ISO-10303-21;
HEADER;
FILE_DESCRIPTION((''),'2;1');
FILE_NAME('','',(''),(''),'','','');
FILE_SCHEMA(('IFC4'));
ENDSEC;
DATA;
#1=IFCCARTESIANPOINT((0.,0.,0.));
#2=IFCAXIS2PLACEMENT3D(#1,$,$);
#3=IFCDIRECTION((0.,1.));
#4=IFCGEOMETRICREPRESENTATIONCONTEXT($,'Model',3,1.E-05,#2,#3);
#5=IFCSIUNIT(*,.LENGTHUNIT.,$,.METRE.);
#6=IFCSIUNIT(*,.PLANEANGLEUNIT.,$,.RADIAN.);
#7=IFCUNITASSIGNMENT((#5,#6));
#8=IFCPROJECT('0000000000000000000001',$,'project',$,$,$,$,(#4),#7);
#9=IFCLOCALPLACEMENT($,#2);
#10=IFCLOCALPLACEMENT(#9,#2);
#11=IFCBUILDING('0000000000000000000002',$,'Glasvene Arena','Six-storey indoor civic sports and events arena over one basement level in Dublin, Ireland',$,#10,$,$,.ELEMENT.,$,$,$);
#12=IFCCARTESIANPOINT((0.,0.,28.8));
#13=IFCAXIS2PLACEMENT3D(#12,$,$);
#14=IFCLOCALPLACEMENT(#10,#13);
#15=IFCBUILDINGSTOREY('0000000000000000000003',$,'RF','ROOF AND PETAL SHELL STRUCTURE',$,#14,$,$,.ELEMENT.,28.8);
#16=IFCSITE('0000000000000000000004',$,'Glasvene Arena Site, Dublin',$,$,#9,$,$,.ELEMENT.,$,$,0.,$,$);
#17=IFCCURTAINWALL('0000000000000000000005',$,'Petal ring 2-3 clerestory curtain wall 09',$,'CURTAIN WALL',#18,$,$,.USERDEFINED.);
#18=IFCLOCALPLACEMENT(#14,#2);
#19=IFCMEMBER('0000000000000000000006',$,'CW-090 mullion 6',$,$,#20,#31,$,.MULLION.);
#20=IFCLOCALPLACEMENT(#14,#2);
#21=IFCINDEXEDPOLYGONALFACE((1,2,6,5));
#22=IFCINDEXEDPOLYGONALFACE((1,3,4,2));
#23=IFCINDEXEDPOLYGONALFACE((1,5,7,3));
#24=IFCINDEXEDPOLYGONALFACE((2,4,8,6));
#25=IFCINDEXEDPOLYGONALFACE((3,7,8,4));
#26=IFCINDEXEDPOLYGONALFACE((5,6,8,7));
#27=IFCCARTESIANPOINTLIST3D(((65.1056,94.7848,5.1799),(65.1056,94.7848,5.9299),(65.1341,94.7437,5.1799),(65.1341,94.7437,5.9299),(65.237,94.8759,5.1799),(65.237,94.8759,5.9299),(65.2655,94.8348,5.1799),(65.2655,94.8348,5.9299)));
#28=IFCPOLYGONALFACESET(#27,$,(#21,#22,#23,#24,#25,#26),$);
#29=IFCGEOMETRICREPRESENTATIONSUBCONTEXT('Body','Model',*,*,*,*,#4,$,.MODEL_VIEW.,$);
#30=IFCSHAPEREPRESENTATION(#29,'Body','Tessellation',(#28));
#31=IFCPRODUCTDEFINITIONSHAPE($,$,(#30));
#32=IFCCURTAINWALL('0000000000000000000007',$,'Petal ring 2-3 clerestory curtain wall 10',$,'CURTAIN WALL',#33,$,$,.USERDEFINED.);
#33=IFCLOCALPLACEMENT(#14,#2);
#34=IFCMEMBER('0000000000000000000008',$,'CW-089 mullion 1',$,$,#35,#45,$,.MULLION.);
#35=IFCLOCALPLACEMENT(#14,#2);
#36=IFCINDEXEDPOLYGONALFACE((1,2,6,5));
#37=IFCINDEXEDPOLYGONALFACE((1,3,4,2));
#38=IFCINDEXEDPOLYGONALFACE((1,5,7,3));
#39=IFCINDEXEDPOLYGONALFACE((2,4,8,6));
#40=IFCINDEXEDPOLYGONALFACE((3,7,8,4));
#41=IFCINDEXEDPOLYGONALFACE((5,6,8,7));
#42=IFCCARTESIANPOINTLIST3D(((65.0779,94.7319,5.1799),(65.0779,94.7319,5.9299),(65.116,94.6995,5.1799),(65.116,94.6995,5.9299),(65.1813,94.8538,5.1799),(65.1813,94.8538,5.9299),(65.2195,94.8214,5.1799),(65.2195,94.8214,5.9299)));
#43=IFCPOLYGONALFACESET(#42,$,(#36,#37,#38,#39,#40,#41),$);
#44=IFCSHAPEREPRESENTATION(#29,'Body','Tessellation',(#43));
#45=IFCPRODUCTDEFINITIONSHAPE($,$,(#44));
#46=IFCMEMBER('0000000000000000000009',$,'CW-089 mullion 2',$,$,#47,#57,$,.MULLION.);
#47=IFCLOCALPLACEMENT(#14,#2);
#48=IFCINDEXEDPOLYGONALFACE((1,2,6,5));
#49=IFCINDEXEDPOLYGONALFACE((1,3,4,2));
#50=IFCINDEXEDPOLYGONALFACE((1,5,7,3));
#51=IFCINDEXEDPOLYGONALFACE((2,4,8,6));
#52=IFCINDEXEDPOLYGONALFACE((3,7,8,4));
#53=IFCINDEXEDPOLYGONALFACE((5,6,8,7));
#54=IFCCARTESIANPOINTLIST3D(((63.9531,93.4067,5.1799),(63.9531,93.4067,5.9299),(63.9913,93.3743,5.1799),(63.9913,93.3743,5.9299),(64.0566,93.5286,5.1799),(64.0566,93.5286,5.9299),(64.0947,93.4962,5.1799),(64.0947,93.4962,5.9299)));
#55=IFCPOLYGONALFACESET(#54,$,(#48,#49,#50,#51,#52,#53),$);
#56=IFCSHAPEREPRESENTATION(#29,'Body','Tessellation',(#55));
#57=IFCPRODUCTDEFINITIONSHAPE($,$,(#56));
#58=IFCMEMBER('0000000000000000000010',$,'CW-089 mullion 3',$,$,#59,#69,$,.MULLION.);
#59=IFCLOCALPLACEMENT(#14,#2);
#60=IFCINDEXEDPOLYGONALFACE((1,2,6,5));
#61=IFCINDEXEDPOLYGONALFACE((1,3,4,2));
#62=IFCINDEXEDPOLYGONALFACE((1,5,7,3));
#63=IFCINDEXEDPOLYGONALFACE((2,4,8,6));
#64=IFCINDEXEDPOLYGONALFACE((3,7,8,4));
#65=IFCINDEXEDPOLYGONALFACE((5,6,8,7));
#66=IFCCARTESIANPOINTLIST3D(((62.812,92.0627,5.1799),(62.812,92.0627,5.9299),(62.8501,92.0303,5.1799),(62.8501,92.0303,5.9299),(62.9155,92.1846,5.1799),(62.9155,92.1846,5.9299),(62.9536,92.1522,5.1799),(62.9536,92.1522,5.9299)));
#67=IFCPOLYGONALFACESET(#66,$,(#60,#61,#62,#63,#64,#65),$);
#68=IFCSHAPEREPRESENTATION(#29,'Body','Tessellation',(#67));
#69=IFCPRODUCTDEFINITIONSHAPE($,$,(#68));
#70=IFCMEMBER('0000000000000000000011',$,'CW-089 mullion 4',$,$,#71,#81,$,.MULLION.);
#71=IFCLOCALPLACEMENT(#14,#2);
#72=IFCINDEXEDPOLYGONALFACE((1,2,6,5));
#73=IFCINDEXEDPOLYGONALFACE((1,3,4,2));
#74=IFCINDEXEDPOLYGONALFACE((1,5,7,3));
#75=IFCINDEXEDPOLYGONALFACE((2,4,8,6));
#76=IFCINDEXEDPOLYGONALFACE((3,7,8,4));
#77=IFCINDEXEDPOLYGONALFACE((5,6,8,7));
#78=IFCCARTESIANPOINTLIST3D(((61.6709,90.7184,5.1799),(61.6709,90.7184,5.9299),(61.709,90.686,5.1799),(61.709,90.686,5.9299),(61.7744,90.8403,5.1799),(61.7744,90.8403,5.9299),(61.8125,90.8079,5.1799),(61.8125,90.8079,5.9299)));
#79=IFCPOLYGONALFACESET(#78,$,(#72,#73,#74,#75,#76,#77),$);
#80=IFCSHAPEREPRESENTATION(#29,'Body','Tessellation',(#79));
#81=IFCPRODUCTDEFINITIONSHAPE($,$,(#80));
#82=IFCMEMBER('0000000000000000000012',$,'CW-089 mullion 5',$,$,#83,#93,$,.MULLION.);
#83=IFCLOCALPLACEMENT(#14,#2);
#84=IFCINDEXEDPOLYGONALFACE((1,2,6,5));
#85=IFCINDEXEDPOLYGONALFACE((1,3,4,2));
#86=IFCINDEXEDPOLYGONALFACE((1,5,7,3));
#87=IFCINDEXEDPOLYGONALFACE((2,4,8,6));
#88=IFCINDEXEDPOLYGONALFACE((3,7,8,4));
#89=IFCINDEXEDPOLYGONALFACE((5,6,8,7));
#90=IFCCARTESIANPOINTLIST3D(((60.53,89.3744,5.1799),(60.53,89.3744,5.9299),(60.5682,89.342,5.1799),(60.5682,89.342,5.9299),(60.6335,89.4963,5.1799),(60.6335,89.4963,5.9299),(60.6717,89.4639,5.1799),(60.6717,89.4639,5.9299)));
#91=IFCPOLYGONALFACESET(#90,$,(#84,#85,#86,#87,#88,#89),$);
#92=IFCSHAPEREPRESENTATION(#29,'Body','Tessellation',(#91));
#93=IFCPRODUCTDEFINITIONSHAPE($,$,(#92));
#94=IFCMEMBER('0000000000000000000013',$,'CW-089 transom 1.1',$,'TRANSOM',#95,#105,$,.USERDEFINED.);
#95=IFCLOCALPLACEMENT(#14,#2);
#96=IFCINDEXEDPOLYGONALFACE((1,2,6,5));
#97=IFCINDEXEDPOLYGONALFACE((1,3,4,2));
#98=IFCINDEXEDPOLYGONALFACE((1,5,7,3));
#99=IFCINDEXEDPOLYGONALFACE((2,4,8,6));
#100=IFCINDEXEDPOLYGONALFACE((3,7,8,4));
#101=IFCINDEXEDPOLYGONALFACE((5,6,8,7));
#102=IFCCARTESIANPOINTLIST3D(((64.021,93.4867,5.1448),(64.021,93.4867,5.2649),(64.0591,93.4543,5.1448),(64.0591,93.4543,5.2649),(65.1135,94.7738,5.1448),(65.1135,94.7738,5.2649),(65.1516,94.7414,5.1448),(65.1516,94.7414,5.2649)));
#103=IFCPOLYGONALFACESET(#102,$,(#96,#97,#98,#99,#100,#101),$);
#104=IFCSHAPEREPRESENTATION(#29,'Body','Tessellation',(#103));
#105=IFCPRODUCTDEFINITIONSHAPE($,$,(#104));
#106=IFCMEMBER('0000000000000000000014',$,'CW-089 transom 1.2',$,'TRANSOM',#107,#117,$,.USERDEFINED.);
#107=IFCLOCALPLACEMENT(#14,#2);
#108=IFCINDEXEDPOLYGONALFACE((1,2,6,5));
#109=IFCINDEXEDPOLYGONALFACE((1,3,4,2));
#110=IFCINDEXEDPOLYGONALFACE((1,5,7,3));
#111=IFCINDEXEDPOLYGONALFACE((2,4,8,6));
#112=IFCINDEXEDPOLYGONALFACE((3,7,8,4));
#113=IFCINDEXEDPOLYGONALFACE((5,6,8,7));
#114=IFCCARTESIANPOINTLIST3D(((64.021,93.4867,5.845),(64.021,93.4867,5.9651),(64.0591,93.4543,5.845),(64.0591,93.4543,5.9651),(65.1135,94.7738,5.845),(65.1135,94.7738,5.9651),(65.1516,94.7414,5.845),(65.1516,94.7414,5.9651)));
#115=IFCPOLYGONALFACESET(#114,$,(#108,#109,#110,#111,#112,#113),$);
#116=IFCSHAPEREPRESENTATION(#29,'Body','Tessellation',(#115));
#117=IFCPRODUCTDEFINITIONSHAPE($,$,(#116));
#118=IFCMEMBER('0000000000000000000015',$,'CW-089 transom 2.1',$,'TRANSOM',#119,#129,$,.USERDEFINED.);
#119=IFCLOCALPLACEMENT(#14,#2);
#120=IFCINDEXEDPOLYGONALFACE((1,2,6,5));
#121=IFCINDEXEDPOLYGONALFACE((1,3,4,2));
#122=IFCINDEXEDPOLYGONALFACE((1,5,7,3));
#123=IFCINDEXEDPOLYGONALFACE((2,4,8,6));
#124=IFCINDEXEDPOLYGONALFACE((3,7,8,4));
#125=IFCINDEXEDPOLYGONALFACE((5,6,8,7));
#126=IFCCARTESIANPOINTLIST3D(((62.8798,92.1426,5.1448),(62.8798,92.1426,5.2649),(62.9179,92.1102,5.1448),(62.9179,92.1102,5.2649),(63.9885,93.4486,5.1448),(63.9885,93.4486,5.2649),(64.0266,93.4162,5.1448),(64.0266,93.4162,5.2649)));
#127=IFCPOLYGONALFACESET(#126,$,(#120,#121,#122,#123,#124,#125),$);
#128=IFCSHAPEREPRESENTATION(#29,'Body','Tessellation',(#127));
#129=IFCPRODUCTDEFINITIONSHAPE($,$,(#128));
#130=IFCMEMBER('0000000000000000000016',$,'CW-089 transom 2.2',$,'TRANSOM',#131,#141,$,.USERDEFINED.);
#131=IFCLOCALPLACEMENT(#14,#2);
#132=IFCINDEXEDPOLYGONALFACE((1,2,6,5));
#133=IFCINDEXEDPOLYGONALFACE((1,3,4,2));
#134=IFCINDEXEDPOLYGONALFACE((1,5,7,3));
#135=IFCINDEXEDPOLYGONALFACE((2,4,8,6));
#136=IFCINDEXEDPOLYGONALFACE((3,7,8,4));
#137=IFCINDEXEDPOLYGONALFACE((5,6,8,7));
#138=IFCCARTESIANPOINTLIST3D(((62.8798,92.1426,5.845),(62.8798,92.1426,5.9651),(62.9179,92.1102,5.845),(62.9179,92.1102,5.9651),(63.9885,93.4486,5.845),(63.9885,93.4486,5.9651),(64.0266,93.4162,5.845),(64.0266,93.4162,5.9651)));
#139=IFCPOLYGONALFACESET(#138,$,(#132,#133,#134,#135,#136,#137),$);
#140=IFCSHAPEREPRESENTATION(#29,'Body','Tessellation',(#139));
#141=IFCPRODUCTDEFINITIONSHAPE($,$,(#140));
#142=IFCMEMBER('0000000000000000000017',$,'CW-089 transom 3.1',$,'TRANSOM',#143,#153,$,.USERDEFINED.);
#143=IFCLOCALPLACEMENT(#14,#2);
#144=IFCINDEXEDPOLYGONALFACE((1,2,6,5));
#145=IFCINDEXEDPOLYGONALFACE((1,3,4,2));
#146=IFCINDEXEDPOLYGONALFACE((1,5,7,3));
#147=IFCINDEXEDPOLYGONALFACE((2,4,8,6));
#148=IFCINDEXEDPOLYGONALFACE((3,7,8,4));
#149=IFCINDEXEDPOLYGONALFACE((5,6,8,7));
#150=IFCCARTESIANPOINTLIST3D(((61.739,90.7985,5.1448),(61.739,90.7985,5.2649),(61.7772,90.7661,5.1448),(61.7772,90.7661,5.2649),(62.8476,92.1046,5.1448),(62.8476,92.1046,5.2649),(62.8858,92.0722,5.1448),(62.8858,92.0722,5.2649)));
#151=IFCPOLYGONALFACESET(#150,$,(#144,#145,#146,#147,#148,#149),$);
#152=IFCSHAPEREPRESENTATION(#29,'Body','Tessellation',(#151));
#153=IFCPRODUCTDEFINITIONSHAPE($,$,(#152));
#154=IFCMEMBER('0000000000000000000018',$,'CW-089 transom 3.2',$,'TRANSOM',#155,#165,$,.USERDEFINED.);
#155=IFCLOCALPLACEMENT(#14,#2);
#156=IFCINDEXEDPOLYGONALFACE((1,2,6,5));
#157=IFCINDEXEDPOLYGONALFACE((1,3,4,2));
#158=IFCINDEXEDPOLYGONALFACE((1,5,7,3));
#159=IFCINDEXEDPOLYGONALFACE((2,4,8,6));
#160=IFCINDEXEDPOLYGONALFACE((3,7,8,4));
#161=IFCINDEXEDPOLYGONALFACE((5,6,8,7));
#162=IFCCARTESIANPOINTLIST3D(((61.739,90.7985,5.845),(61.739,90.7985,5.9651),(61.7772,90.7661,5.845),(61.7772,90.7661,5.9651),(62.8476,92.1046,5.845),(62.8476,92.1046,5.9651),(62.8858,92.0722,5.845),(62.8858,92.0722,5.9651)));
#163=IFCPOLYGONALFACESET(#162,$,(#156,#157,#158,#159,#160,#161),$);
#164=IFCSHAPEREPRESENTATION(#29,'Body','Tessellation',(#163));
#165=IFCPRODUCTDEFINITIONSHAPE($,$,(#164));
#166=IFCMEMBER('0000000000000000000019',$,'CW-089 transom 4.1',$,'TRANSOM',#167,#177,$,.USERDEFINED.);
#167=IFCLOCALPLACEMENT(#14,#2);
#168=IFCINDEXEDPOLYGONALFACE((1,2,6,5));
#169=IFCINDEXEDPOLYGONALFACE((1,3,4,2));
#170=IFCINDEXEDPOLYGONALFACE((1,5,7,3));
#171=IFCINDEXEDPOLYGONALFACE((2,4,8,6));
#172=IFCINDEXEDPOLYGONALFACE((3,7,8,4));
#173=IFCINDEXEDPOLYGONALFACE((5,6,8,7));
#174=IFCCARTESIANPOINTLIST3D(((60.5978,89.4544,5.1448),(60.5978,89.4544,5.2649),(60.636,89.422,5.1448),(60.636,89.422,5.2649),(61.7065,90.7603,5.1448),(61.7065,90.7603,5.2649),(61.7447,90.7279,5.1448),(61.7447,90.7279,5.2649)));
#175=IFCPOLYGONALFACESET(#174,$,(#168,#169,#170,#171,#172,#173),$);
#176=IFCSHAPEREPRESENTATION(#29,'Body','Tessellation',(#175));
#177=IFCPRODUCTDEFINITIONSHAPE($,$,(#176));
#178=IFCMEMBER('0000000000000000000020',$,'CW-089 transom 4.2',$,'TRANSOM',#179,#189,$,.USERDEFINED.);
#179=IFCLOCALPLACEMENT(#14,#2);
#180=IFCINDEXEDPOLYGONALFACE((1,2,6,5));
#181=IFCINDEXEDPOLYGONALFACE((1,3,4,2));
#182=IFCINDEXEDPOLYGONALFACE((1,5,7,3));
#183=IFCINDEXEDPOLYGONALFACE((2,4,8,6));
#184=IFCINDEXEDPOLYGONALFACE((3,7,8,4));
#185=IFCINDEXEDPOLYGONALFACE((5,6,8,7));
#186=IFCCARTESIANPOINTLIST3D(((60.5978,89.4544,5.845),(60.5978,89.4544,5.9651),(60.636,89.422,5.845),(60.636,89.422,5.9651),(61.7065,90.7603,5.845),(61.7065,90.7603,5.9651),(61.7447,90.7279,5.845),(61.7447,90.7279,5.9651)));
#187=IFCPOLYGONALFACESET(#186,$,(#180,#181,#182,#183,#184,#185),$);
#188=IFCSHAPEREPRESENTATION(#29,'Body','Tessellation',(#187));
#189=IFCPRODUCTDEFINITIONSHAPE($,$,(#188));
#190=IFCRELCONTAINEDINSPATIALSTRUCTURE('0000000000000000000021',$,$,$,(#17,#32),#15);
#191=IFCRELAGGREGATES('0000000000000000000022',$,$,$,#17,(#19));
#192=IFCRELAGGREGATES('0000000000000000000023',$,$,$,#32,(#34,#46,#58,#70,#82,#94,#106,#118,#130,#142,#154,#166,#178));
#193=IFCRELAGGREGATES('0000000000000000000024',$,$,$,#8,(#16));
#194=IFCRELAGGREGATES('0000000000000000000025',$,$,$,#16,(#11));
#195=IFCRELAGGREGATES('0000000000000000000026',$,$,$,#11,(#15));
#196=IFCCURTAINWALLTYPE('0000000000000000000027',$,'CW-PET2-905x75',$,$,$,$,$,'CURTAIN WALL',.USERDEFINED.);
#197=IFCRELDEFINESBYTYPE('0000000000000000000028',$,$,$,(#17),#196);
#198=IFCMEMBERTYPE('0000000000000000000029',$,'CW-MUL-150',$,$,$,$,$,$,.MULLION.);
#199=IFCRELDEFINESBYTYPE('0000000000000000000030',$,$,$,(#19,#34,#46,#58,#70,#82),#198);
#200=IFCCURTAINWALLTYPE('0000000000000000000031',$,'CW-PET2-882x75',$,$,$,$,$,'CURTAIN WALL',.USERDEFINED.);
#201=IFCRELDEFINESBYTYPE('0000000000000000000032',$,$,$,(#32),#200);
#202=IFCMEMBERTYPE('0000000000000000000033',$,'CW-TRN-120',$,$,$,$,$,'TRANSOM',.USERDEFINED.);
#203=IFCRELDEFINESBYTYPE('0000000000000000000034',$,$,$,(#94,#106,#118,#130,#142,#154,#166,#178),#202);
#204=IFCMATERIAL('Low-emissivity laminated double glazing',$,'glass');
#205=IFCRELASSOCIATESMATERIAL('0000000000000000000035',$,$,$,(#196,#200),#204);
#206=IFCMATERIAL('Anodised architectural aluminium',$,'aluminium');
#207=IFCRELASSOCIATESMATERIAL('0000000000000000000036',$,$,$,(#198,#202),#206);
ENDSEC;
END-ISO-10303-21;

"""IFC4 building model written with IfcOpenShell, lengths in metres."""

from ifc_helpers import new_model, si_unit, direction, frame, origin, origin_2d, place, context, subcontext, project, spatial, rectangle, extrude, material, material_profile, profile_set, type_object, element, aggregate, save


model = new_model("IFC4")

# Units and contexts
model_context = context("Model", 3, precision=1e-05, world=origin(), true_north=direction((0.0, 1.0)))
body_context = subcontext(model_context, "Body", "Model", "MODEL_VIEW")
ifc_project = project(units=[si_unit("LENGTHUNIT", "METRE"), si_unit("PLANEANGLEUNIT", "RADIAN")], contexts=[model_context])

# Site, building, storey
site_placement = place(None, origin())
site = spatial("IfcSite", under=ifc_project, at=site_placement, Name="Glasvene Arena Site, Dublin", CompositionType="ELEMENT", RefElevation=0.0)
building_placement = place(site_placement, origin())
building = spatial("IfcBuilding", under=site, at=building_placement, Name="Glasvene Arena", Description="Six-storey indoor civic sports and events arena over one basement level in Dublin, Ireland", CompositionType="ELEMENT")
storey_placement = place(building_placement, frame((0.0, 0.0, 28.8)))
storey = spatial("IfcBuildingStorey", under=building, at=storey_placement, Name="RF", Description="ROOF AND PETAL SHELL STRUCTURE", CompositionType="ELEMENT", Elevation=28.8)

# Curtain wall, member
ifc_material_1 = material(Name="Low-emissivity laminated double glazing", Category="glass")
curtain_wall_type_1 = type_object("IfcCurtainWallType", Name="CW-PET2-905x75", ElementType="CURTAIN WALL", PredefinedType="USERDEFINED", material=ifc_material_1)
curtain_wall_1_placement = place(storey_placement, frame((72.6001, 99.9524, 0.0)))
curtain_wall_1 = element("IfcCurtainWall", 1, at=curtain_wall_1_placement, inside=storey, type_object=curtain_wall_type_1, Name="Petal ring 2-3 clerestory curtain wall 09", ObjectType="CURTAIN WALL", PredefinedType="USERDEFINED")
ifc_material_2 = material(Name="Anodised architectural aluminium", Category="aluminium")
ifc_material_profile_1 = material_profile(ifc_material_2, rectangle(XDim=0.05, YDim=0.1599, at=origin_2d()), Name="ALU MULLION 50x160")
ifc_profile_set_1 = profile_set([ifc_material_profile_1], Name="Anodised architectural aluminium")
member_type_1 = type_object("IfcMemberType", Name="CW-MUL-150", PredefinedType="MULLION", material=ifc_profile_set_1)
member_1_placement = place(storey_placement, frame((65.1855, 94.8098, 5.1799), z_axis=(0.0, 0.0, 1.0), x_axis=(0.569921, -0.821699, 0.0)))
member_1 = element("IfcMember", 2, at=member_1_placement, type_object=member_type_1, Name="CW-090 mullion 6", PredefinedType="MULLION", context=body_context, shape_type="SweptSolid", body=[
    extrude(rectangle(XDim=0.05, YDim=0.1599, at=origin_2d()), origin(), (0.0, 0.0, 1.0), 0.75),
])

# Curtain wall, members
curtain_wall_type_2 = type_object("IfcCurtainWallType", Name="CW-PET2-882x75", ElementType="CURTAIN WALL", PredefinedType="USERDEFINED", material=ifc_material_1)
curtain_wall_2_placement = place(storey_placement, frame((65.1648, 94.7957, 0.0)))
curtain_wall_2 = element("IfcCurtainWall", 3, at=curtain_wall_2_placement, inside=storey, type_object=curtain_wall_type_2, Name="Petal ring 2-3 clerestory curtain wall 10", ObjectType="CURTAIN WALL", PredefinedType="USERDEFINED")
member_2_placement = place(storey_placement, frame((65.1487, 94.7766, 5.1799), z_axis=(0.0, 0.0, 1.0), x_axis=(0.762348, -0.647167, 0.0)))
member_2 = element("IfcMember", 4, at=member_2_placement, type_object=member_type_1, Name="CW-089 mullion 1", PredefinedType="MULLION", context=body_context, shape_type="SweptSolid", body=[
    extrude(rectangle(XDim=0.05, YDim=0.1599, at=origin_2d()), origin(), (0.0, 0.0, 1.0), 0.75),
])
member_3_placement = place(storey_placement, frame((64.0239, 93.4514, 5.1799), z_axis=(0.0, 0.0, 1.0), x_axis=(0.762348, -0.647167, 0.0)))
member_3 = element("IfcMember", 5, at=member_3_placement, type_object=member_type_1, Name="CW-089 mullion 2", PredefinedType="MULLION", context=body_context, shape_type="SweptSolid", body=[
    extrude(rectangle(XDim=0.05, YDim=0.1599, at=origin_2d()), origin(), (0.0, 0.0, 1.0), 0.75),
])
member_4_placement = place(storey_placement, frame((62.8828, 92.1074, 5.1799), z_axis=(0.0, 0.0, 1.0), x_axis=(0.762348, -0.647167, 0.0)))
member_4 = element("IfcMember", 6, at=member_4_placement, type_object=member_type_1, Name="CW-089 mullion 3", PredefinedType="MULLION", context=body_context, shape_type="SweptSolid", body=[
    extrude(rectangle(XDim=0.05, YDim=0.1599, at=origin_2d()), origin(), (0.0, 0.0, 1.0), 0.75),
])
member_5_placement = place(storey_placement, frame((61.7417, 90.7632, 5.1799), z_axis=(0.0, 0.0, 1.0), x_axis=(0.762348, -0.647167, 0.0)))
member_5 = element("IfcMember", 7, at=member_5_placement, type_object=member_type_1, Name="CW-089 mullion 4", PredefinedType="MULLION", context=body_context, shape_type="SweptSolid", body=[
    extrude(rectangle(XDim=0.05, YDim=0.1599, at=origin_2d()), origin(), (0.0, 0.0, 1.0), 0.75),
])
member_6_placement = place(storey_placement, frame((60.6008, 89.4192, 5.1799), z_axis=(0.0, 0.0, 1.0), x_axis=(0.762348, -0.647167, 0.0)))
member_6 = element("IfcMember", 8, at=member_6_placement, type_object=member_type_1, Name="CW-089 mullion 5", PredefinedType="MULLION", context=body_context, shape_type="SweptSolid", body=[
    extrude(rectangle(XDim=0.05, YDim=0.1599, at=origin_2d()), origin(), (0.0, 0.0, 1.0), 0.75),
])
ifc_material_profile_2 = material_profile(ifc_material_2, rectangle(XDim=0.05, YDim=0.1201, at=origin_2d()), Name="ALU TRANSOM 50x120")
ifc_profile_set_2 = profile_set([ifc_material_profile_2], Name="Anodised architectural aluminium")
member_type_2 = type_object("IfcMemberType", Name="CW-TRN-120", ElementType="TRANSOM", PredefinedType="USERDEFINED", material=ifc_profile_set_2)
member_7_placement = place(storey_placement, frame((65.1326, 94.7576, 5.2048), z_axis=(-0.647128, -0.762382, 0.0), x_axis=(0.762382, -0.647128, 0.0)))
member_7 = element("IfcMember", 9, at=member_7_placement, type_object=member_type_2, Name="CW-089 transom 1.1", ObjectType="TRANSOM", PredefinedType="USERDEFINED", context=body_context, shape_type="SweptSolid", body=[
    extrude(rectangle(XDim=0.05, YDim=0.1201, at=origin_2d()), origin(), (0.0, 0.0, 1.0), 1.6882),
])
member_8_placement = place(storey_placement, frame((65.1326, 94.7576, 5.905), z_axis=(-0.647128, -0.762382, 0.0), x_axis=(0.762382, -0.647128, 0.0)))
member_8 = element("IfcMember", 10, at=member_8_placement, type_object=member_type_2, Name="CW-089 transom 1.2", ObjectType="TRANSOM", PredefinedType="USERDEFINED", context=body_context, shape_type="SweptSolid", body=[
    extrude(rectangle(XDim=0.05, YDim=0.1201, at=origin_2d()), origin(), (0.0, 0.0, 1.0), 1.6882),
])
member_9_placement = place(storey_placement, frame((64.0076, 93.4324, 5.2048), z_axis=(-0.647181, -0.762337, 0.0), x_axis=(0.762337, -0.647181, 0.0)))
member_9 = element("IfcMember", 11, at=member_9_placement, type_object=member_type_2, Name="CW-089 transom 2.1", ObjectType="TRANSOM", PredefinedType="USERDEFINED", context=body_context, shape_type="SweptSolid", body=[
    extrude(rectangle(XDim=0.05, YDim=0.1201, at=origin_2d()), origin(), (0.0, 0.0, 1.0), 1.7131),
])
member_10_placement = place(storey_placement, frame((64.0076, 93.4324, 5.905), z_axis=(-0.647181, -0.762337, 0.0), x_axis=(0.762337, -0.647181, 0.0)))
member_10 = element("IfcMember", 12, at=member_10_placement, type_object=member_type_2, Name="CW-089 transom 2.2", ObjectType="TRANSOM", PredefinedType="USERDEFINED", context=body_context, shape_type="SweptSolid", body=[
    extrude(rectangle(XDim=0.05, YDim=0.1201, at=origin_2d()), origin(), (0.0, 0.0, 1.0), 1.7131),
])
member_11_placement = place(storey_placement, frame((62.8667, 92.0884, 5.2048), z_axis=(-0.647111, -0.762396, 0.0), x_axis=(0.762396, -0.647111, 0.0)))
member_11 = element("IfcMember", 13, at=member_11_placement, type_object=member_type_2, Name="CW-089 transom 3.1", ObjectType="TRANSOM", PredefinedType="USERDEFINED", context=body_context, shape_type="SweptSolid", body=[
    extrude(rectangle(XDim=0.05, YDim=0.1201, at=origin_2d()), origin(), (0.0, 0.0, 1.0), 1.7131),
])
member_12_placement = place(storey_placement, frame((62.8667, 92.0884, 5.905), z_axis=(-0.647111, -0.762396, 0.0), x_axis=(0.762396, -0.647111, 0.0)))
member_12 = element("IfcMember", 14, at=member_12_placement, type_object=member_type_2, Name="CW-089 transom 3.2", ObjectType="TRANSOM", PredefinedType="USERDEFINED", context=body_context, shape_type="SweptSolid", body=[
    extrude(rectangle(XDim=0.05, YDim=0.1201, at=origin_2d()), origin(), (0.0, 0.0, 1.0), 1.7131),
])
member_13_placement = place(storey_placement, frame((61.7256, 90.7441, 5.2048), z_axis=(-0.647181, -0.762337, 0.0), x_axis=(0.762337, -0.647181, 0.0)))
member_13 = element("IfcMember", 15, at=member_13_placement, type_object=member_type_2, Name="CW-089 transom 4.1", ObjectType="TRANSOM", PredefinedType="USERDEFINED", context=body_context, shape_type="SweptSolid", body=[
    extrude(rectangle(XDim=0.05, YDim=0.1201, at=origin_2d()), origin(), (0.0, 0.0, 1.0), 1.7131),
])
member_14_placement = place(storey_placement, frame((61.7256, 90.7441, 5.905), z_axis=(-0.647181, -0.762337, 0.0), x_axis=(0.762337, -0.647181, 0.0)))
member_14 = element("IfcMember", 16, at=member_14_placement, type_object=member_type_2, Name="CW-089 transom 4.2", ObjectType="TRANSOM", PredefinedType="USERDEFINED", context=body_context, shape_type="SweptSolid", body=[
    extrude(rectangle(XDim=0.05, YDim=0.1201, at=origin_2d()), origin(), (0.0, 0.0, 1.0), 1.7131),
])

aggregate(curtain_wall_1, [member_1])
aggregate(curtain_wall_2, [member_2, member_3, member_4, member_5, member_6, member_7, member_8, member_9, member_10, member_11, member_12, member_13, member_14])

save(model, "model.ifc")
